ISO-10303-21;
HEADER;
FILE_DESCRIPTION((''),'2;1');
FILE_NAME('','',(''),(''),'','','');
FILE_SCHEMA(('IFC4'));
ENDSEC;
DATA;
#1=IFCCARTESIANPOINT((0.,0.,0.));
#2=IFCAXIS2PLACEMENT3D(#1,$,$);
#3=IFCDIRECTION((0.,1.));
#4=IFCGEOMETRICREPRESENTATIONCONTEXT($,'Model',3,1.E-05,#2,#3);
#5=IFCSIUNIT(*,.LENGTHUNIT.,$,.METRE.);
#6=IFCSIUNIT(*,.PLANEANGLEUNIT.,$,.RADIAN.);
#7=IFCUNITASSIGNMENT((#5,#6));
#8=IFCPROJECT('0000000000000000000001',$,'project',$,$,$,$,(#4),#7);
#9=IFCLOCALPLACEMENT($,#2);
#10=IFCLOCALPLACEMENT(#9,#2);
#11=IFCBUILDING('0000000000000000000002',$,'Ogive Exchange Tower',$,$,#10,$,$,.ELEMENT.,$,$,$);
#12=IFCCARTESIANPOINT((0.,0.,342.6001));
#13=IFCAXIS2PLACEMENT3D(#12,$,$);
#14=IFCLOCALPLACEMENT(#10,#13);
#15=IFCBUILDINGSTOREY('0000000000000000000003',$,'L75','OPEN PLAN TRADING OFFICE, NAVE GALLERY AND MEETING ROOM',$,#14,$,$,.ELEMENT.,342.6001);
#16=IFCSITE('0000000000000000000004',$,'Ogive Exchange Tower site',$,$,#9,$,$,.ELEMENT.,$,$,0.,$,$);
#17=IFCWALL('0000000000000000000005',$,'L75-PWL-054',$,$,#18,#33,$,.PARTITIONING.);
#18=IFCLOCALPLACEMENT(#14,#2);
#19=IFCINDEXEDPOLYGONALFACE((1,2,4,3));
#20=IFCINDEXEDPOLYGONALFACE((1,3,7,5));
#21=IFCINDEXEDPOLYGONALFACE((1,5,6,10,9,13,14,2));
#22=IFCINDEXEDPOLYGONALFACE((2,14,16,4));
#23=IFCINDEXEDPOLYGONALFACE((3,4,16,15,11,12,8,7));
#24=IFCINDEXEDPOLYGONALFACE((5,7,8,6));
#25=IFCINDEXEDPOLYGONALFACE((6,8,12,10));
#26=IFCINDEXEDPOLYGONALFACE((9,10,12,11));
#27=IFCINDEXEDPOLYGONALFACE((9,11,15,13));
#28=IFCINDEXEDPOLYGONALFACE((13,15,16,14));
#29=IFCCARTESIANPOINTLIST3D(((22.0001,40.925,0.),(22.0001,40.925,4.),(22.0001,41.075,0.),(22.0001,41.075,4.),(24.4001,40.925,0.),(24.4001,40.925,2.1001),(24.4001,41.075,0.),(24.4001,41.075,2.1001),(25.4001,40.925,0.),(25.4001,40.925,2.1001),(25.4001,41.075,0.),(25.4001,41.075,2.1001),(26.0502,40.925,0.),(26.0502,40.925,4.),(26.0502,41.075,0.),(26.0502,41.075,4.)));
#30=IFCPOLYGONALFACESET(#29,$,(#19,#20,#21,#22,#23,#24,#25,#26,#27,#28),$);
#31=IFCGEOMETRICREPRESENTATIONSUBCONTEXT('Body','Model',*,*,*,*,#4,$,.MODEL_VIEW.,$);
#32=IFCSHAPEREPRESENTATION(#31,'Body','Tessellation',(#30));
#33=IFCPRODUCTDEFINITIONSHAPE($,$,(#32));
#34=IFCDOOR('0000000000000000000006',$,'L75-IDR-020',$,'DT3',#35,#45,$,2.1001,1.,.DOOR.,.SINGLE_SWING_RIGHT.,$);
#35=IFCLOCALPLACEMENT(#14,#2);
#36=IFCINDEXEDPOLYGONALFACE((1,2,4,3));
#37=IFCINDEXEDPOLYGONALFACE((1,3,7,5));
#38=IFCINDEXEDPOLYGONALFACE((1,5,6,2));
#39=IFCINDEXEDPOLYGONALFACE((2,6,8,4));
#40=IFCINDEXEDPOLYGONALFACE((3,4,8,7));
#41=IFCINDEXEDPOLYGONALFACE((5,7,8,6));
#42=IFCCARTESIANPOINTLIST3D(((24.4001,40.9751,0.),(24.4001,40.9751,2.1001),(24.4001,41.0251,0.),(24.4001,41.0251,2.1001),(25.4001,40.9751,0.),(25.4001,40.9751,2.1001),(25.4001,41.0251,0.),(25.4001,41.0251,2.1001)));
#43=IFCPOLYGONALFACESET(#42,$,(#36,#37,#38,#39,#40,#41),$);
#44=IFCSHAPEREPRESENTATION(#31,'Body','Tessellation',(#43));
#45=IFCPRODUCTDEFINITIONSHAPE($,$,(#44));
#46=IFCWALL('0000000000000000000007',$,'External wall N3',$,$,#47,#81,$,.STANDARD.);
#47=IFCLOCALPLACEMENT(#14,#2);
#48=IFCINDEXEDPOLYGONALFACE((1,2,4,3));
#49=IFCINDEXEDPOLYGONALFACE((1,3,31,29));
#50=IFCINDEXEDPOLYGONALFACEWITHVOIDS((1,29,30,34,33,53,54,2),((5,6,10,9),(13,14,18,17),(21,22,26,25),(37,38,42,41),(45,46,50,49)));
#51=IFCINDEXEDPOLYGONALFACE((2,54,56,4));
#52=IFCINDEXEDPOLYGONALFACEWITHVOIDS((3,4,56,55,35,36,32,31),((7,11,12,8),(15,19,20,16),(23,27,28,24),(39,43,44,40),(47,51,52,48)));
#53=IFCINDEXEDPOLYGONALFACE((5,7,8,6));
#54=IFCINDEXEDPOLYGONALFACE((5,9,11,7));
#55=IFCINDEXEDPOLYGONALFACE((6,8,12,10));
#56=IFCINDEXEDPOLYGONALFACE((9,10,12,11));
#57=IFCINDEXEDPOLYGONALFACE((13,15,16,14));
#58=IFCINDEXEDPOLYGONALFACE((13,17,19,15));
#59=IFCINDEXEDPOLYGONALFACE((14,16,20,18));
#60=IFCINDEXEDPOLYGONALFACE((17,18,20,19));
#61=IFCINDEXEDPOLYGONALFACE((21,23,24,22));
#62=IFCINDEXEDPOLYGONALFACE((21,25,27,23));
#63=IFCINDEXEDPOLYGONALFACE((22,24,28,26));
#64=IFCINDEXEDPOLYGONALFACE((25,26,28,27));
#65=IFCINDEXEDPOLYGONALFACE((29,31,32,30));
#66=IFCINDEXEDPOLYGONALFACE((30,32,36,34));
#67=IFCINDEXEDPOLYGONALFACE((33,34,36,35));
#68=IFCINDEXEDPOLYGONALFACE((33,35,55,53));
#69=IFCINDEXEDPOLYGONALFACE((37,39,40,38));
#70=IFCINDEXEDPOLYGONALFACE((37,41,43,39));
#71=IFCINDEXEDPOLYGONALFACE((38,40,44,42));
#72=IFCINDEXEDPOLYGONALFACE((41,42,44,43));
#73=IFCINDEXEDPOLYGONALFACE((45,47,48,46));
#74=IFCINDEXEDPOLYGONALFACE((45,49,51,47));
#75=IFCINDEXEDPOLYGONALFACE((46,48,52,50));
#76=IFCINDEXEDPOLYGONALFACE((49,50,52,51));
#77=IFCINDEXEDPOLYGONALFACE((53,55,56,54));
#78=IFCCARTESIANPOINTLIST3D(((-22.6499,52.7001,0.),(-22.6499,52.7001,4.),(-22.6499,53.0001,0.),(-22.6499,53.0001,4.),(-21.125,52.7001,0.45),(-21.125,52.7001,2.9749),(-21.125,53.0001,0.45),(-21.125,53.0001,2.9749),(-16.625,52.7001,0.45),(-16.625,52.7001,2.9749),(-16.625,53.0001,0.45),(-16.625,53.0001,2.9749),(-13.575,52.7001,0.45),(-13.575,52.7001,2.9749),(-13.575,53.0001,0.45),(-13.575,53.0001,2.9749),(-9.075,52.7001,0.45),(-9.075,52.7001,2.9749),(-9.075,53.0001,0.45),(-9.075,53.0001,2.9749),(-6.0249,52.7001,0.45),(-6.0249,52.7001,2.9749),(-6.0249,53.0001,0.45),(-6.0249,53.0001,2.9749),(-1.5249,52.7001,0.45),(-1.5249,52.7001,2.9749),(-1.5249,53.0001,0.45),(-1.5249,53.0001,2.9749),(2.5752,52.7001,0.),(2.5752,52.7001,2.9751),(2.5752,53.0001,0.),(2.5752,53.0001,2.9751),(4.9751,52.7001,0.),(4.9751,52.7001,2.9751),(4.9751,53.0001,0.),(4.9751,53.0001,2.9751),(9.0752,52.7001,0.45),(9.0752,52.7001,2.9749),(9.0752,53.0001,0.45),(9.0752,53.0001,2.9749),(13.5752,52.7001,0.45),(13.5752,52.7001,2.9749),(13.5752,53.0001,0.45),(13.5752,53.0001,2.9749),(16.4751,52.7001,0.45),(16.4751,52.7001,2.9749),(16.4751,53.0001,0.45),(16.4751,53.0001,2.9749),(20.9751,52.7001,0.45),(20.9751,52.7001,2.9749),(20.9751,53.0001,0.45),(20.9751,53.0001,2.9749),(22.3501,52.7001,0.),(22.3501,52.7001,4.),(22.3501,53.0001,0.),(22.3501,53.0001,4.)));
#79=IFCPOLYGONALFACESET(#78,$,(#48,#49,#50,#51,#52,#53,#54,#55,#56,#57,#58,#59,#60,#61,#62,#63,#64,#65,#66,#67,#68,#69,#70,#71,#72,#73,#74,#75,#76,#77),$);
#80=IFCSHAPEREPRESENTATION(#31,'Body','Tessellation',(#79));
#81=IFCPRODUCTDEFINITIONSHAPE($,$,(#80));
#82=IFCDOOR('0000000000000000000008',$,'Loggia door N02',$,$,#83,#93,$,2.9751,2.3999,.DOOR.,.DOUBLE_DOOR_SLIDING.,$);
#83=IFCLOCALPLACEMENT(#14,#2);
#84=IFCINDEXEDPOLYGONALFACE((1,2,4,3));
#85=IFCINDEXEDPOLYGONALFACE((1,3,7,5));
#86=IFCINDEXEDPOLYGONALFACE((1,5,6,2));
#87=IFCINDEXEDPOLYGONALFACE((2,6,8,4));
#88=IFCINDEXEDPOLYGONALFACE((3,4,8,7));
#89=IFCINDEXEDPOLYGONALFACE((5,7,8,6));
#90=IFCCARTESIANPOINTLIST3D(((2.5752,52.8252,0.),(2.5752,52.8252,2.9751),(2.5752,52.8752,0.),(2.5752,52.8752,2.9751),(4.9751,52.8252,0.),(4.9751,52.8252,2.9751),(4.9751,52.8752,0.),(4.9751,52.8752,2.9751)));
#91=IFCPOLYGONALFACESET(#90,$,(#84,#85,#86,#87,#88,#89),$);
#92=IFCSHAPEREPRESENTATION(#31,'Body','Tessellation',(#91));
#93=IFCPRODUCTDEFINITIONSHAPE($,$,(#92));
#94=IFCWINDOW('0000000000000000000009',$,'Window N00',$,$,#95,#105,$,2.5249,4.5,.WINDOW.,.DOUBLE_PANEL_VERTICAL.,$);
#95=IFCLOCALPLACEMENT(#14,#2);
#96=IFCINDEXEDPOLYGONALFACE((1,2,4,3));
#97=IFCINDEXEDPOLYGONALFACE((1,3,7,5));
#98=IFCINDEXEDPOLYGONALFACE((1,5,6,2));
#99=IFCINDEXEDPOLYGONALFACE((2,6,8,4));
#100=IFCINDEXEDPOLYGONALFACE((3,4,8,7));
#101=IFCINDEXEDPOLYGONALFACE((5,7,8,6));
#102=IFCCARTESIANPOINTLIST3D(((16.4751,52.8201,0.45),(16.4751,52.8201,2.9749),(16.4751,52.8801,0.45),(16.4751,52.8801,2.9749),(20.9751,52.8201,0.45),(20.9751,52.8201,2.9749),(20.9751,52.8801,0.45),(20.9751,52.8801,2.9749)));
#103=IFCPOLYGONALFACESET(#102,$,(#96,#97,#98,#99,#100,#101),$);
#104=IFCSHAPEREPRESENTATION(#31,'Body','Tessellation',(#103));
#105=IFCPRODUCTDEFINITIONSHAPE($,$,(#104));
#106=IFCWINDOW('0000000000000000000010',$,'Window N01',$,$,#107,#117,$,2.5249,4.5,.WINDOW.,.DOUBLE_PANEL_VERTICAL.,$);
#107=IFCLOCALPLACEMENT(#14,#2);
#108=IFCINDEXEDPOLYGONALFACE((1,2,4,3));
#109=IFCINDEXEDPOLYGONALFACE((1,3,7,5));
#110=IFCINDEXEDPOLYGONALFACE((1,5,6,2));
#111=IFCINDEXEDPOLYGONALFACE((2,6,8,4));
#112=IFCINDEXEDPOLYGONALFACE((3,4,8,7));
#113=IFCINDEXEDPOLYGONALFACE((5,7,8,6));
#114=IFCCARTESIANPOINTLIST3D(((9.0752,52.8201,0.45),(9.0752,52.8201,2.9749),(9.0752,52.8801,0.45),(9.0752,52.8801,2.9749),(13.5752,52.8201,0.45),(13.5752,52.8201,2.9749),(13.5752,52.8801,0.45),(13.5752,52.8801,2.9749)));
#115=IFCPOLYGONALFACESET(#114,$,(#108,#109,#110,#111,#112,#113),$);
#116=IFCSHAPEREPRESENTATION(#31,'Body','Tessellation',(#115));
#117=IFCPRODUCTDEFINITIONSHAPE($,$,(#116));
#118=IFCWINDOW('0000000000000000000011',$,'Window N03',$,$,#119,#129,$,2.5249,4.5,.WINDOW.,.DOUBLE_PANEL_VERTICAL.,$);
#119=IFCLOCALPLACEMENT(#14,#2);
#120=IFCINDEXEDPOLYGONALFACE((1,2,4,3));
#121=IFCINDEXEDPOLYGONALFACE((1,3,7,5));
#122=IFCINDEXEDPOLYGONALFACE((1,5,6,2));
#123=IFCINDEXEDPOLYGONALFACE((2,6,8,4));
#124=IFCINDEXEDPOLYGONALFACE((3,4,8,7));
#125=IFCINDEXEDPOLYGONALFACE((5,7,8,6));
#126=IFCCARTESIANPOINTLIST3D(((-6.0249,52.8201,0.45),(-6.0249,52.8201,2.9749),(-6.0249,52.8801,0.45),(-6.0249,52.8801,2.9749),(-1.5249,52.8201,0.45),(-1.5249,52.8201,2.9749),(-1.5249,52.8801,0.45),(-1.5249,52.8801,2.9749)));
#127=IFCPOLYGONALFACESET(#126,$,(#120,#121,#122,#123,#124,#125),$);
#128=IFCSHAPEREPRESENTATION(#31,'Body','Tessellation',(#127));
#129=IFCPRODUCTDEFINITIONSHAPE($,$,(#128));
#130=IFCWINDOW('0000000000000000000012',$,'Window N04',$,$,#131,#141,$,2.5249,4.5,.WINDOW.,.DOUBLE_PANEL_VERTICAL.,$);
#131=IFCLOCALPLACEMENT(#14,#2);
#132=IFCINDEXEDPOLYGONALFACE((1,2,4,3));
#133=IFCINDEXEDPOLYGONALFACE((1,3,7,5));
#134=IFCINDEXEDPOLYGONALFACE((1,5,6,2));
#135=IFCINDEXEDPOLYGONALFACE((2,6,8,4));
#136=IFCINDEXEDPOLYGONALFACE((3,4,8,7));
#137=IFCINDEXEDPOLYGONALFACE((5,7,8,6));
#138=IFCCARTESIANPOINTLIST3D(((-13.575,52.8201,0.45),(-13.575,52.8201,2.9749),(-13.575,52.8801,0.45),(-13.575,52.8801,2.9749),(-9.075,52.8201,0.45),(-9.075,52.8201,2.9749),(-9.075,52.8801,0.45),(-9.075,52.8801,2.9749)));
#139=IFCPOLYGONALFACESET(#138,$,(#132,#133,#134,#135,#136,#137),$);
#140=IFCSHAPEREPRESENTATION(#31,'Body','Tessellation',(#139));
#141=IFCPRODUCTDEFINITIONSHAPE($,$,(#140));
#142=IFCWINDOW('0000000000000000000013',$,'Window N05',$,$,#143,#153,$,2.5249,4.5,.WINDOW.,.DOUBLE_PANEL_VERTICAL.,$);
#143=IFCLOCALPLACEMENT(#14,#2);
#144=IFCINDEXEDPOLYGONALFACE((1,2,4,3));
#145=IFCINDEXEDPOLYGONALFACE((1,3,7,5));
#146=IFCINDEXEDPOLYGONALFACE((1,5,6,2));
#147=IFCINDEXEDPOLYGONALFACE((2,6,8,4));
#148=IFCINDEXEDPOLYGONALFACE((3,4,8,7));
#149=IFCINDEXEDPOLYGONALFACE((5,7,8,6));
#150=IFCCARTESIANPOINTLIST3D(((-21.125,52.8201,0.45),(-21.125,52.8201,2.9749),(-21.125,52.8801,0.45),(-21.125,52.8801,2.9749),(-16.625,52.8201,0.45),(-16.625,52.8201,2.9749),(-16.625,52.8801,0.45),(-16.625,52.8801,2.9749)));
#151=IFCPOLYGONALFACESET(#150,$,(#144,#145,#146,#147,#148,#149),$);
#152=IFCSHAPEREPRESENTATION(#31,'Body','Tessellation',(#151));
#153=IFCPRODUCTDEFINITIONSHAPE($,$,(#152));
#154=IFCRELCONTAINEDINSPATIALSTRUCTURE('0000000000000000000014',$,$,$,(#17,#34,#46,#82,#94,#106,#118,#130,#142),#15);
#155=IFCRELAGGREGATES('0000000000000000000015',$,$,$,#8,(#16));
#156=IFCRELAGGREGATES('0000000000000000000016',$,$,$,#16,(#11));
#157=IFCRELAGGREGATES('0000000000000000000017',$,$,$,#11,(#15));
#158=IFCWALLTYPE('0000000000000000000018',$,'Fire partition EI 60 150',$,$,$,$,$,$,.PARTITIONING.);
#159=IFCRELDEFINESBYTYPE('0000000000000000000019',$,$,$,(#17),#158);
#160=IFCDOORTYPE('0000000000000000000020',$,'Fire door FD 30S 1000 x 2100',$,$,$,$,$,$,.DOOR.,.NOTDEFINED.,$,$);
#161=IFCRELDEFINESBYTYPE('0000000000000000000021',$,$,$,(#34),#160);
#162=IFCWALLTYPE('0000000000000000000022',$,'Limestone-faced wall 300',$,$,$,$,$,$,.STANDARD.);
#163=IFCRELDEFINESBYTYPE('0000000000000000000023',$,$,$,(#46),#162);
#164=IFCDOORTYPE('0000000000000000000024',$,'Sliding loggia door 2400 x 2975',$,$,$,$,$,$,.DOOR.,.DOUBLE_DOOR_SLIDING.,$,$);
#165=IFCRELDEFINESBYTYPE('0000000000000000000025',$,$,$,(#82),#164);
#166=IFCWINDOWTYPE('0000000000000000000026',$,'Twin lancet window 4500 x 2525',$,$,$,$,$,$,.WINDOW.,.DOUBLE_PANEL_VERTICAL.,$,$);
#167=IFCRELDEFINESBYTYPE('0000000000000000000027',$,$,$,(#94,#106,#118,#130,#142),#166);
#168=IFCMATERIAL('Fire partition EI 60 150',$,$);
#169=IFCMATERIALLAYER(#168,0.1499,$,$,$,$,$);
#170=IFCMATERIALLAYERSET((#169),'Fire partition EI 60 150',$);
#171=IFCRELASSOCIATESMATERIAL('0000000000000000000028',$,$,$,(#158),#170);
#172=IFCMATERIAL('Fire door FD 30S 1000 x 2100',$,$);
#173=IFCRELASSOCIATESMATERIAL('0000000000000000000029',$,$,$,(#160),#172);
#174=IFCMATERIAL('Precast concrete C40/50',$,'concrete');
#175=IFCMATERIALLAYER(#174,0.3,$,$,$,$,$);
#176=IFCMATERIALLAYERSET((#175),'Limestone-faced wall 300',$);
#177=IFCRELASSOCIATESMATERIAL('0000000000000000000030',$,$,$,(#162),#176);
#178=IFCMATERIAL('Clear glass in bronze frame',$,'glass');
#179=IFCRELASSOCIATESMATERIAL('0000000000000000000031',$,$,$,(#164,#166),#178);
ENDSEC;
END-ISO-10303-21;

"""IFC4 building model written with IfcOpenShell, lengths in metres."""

from ifc_helpers import new_model, si_unit, direction, frame, frame_2d, origin, place, context, subcontext, project, spatial, rectangle, extrude, material, layer, layer_set, type_object, element, fill, save


model = new_model("IFC4")

# Units and contexts
model_context = context("Model", 3, precision=1e-05, world=origin(), true_north=direction((0.0, 1.0)))
body_context = subcontext(model_context, "Body", "Model", "MODEL_VIEW")
ifc_project = project(units=[si_unit("LENGTHUNIT", "METRE"), si_unit("PLANEANGLEUNIT", "RADIAN")], contexts=[model_context])

# Site, building, storey
site_placement = place(None, origin())
site = spatial("IfcSite", under=ifc_project, at=site_placement, Name="Ogive Exchange Tower site", CompositionType="ELEMENT", RefElevation=0.0)
building_placement = place(site_placement, origin())
building = spatial("IfcBuilding", under=site, at=building_placement, Name="Ogive Exchange Tower", CompositionType="ELEMENT")
storey_placement = place(building_placement, frame((0.0, 0.0, 342.6001)))
storey = spatial("IfcBuildingStorey", under=building, at=storey_placement, Name="L75", Description="OPEN PLAN TRADING OFFICE, NAVE GALLERY AND MEETING ROOM", CompositionType="ELEMENT", Elevation=342.6001)

# Wall, opening, door
ifc_material_1 = material(Name="Fire partition EI 60 150")
ifc_layer_1 = layer(ifc_material_1, 0.1499)
ifc_layer_set_1 = layer_set([ifc_layer_1], Name="Fire partition EI 60 150")
wall_type_1 = type_object("IfcWallType", Name="Fire partition EI 60 150", PredefinedType="PARTITIONING", material=ifc_layer_set_1)
ifc_material_2 = material(Name="Fire door FD 30S 1000 x 2100")
door_type_1 = type_object("IfcDoorType", Name="Fire door FD 30S 1000 x 2100", OperationType="NOTDEFINED", PredefinedType="DOOR", material=ifc_material_2)
wall_1_placement = place(storey_placement, frame((26.05, 41.0, 0.0), z_axis=(0.0, 0.0, 1.0), x_axis=(-1.0, 0.0, 0.0)))
wall_1 = element("IfcWall", 1, at=wall_1_placement, inside=storey, type_object=wall_type_1, Name="L75-PWL-054", PredefinedType="PARTITIONING", context=body_context, shape_type="SweptSolid", body=[
    extrude(rectangle(XDim=4.05, YDim=0.1499, at=frame_2d((2.0249, 0.0))), origin(), (0.0, 0.0, 1.0), 4.0),
])
opening_1_placement = place(wall_1_placement, frame((0.6499, 0.0, 0.0)))
opening_1 = element("IfcOpeningElement", 2, at=opening_1_placement, cuts=wall_1, PredefinedType="OPENING", context=body_context, shape_type="SweptSolid", body=[
    extrude(rectangle(XDim=1.0, YDim=2.1001, at=frame_2d((0.5, 1.05))), frame((0.0, 0.085, 0.0), z_axis=(0.0, -1.0, 0.0), x_axis=(1.0, 0.0, 0.0)), (0.0, 0.0, 1.0), 0.1699),
])
door_1_placement = place(opening_1_placement, origin())
door_1 = element("IfcDoor", 3, at=door_1_placement, inside=storey, type_object=door_type_1, Name="L75-IDR-020", ObjectType="DT3", OperationType="SINGLE_SWING_RIGHT", OverallHeight=2.1001, OverallWidth=1.0, PredefinedType="DOOR", context=body_context, shape_type="SweptSolid", body=[
    extrude(rectangle(XDim=1.0, YDim=2.1001, at=frame_2d((0.5, 1.05))), frame((0.0, 0.0249, 0.0), z_axis=(0.0, -1.0, 0.0), x_axis=(1.0, 0.0, 0.0)), (0.0, 0.0, 1.0), 0.05),
])
fill(opening_1, door_1)

# Wall, openings, door, windows
ifc_material_3 = material(Name="Precast concrete C40/50", Category="concrete")
ifc_layer_2 = layer(ifc_material_3, 0.3)
ifc_layer_set_2 = layer_set([ifc_layer_2], Name="Limestone-faced wall 300")
wall_type_2 = type_object("IfcWallType", Name="Limestone-faced wall 300", PredefinedType="STANDARD", material=ifc_layer_set_2)
wall_2_placement = place(storey_placement, frame((22.3501, 52.8501, 0.0), z_axis=(0.0, 0.0, 1.0), x_axis=(-1.0, 0.0, 0.0)))
wall_2 = element("IfcWall", 4, at=wall_2_placement, inside=storey, type_object=wall_type_2, Name="External wall N3", PredefinedType="STANDARD", context=body_context, shape_type="SweptSolid", body=[
    extrude(rectangle(XDim=45.0, YDim=0.3, at=frame_2d((22.5, 0.0))), origin(), (0.0, 0.0, 1.0), 4.0),
])
opening_2_placement = place(wall_2_placement, frame((1.375, 0.0, 0.45)))
opening_2 = element("IfcOpeningElement", 5, at=opening_2_placement, cuts=wall_2, PredefinedType="OPENING", context=body_context, shape_type="SweptSolid", body=[
    extrude(rectangle(XDim=4.5, YDim=2.5249, at=frame_2d((2.25, 1.2625))), frame((0.0, 0.1599, 0.0), z_axis=(0.0, -1.0, 0.0), x_axis=(1.0, 0.0, 0.0)), (0.0, 0.0, 1.0), 0.3201),
])
opening_3_placement = place(wall_2_placement, frame((8.7749, 0.0, 0.45)))
opening_3 = element("IfcOpeningElement", 6, at=opening_3_placement, cuts=wall_2, PredefinedType="OPENING", context=body_context, shape_type="SweptSolid", body=[
    extrude(rectangle(XDim=4.5, YDim=2.5249, at=frame_2d((2.25, 1.2625))), frame((0.0, 0.1599, 0.0), z_axis=(0.0, -1.0, 0.0), x_axis=(1.0, 0.0, 0.0)), (0.0, 0.0, 1.0), 0.3201),
])
opening_4_placement = place(wall_2_placement, frame((17.375, 0.0, 0.0)))
opening_4 = element("IfcOpeningElement", 7, at=opening_4_placement, cuts=wall_2, PredefinedType="OPENING", context=body_context, shape_type="SweptSolid", body=[
    extrude(rectangle(XDim=2.3999, YDim=2.9751, at=frame_2d((1.2, 1.4875))), frame((0.0, 0.1599, 0.0), z_axis=(0.0, -1.0, 0.0), x_axis=(1.0, 0.0, 0.0)), (0.0, 0.0, 1.0), 0.3201),
])
opening_5_placement = place(wall_2_placement, frame((23.875, 0.0, 0.45)))
opening_5 = element("IfcOpeningElement", 8, at=opening_5_placement, cuts=wall_2, PredefinedType="OPENING", context=body_context, shape_type="SweptSolid", body=[
    extrude(rectangle(XDim=4.5, YDim=2.5249, at=frame_2d((2.25, 1.2625))), frame((0.0, 0.1599, 0.0), z_axis=(0.0, -1.0, 0.0), x_axis=(1.0, 0.0, 0.0)), (0.0, 0.0, 1.0), 0.3201),
])
opening_6_placement = place(wall_2_placement, frame((31.425, 0.0, 0.45)))
opening_6 = element("IfcOpeningElement", 9, at=opening_6_placement, cuts=wall_2, PredefinedType="OPENING", context=body_context, shape_type="SweptSolid", body=[
    extrude(rectangle(XDim=4.5, YDim=2.5249, at=frame_2d((2.25, 1.2625))), frame((0.0, 0.1599, 0.0), z_axis=(0.0, -1.0, 0.0), x_axis=(1.0, 0.0, 0.0)), (0.0, 0.0, 1.0), 0.3201),
])
opening_7_placement = place(wall_2_placement, frame((38.9751, 0.0, 0.45)))
opening_7 = element("IfcOpeningElement", 10, at=opening_7_placement, cuts=wall_2, PredefinedType="OPENING", context=body_context, shape_type="SweptSolid", body=[
    extrude(rectangle(XDim=4.5, YDim=2.5249, at=frame_2d((2.25, 1.2625))), frame((0.0, 0.1599, 0.0), z_axis=(0.0, -1.0, 0.0), x_axis=(1.0, 0.0, 0.0)), (0.0, 0.0, 1.0), 0.3201),
])
ifc_material_4 = material(Name="Clear glass in bronze frame", Category="glass")
door_type_2 = type_object("IfcDoorType", Name="Sliding loggia door 2400 x 2975", OperationType="DOUBLE_DOOR_SLIDING", PredefinedType="DOOR", material=ifc_material_4)
door_2_placement = place(opening_4_placement, origin())
door_2 = element("IfcDoor", 11, at=door_2_placement, inside=storey, type_object=door_type_2, Name="Loggia door N02", OperationType="DOUBLE_DOOR_SLIDING", OverallHeight=2.9751, OverallWidth=2.3999, PredefinedType="DOOR", context=body_context, shape_type="SweptSolid", body=[
    extrude(rectangle(XDim=2.3999, YDim=2.9751, at=frame_2d((1.2, 1.4875))), frame((0.0, 0.0249, 0.0), z_axis=(0.0, -1.0, 0.0), x_axis=(1.0, 0.0, 0.0)), (0.0, 0.0, 1.0), 0.05),
])
fill(opening_4, door_2)
window_type = type_object("IfcWindowType", Name="Twin lancet window 4500 x 2525", PartitioningType="DOUBLE_PANEL_VERTICAL", PredefinedType="WINDOW", material=ifc_material_4)
window_1_placement = place(opening_2_placement, origin())
window_1 = element("IfcWindow", 12, at=window_1_placement, inside=storey, type_object=window_type, Name="Window N00", OverallHeight=2.5249, OverallWidth=4.5, PartitioningType="DOUBLE_PANEL_VERTICAL", PredefinedType="WINDOW", context=body_context, shape_type="SweptSolid", body=[
    extrude(rectangle(XDim=4.5, YDim=2.5249, at=frame_2d((2.25, 1.2625))), frame((0.0, 0.03, 0.0), z_axis=(0.0, -1.0, 0.0), x_axis=(1.0, 0.0, 0.0)), (0.0, 0.0, 1.0), 0.0601),
])
fill(opening_2, window_1)
window_2_placement = place(opening_3_placement, origin())
window_2 = element("IfcWindow", 13, at=window_2_placement, inside=storey, type_object=window_type, Name="Window N01", OverallHeight=2.5249, OverallWidth=4.5, PartitioningType="DOUBLE_PANEL_VERTICAL", PredefinedType="WINDOW", context=body_context, shape_type="SweptSolid", body=[
    extrude(rectangle(XDim=4.5, YDim=2.5249, at=frame_2d((2.25, 1.2625))), frame((0.0, 0.03, 0.0), z_axis=(0.0, -1.0, 0.0), x_axis=(1.0, 0.0, 0.0)), (0.0, 0.0, 1.0), 0.0601),
])
fill(opening_3, window_2)
window_3_placement = place(opening_5_placement, origin())
window_3 = element("IfcWindow", 14, at=window_3_placement, inside=storey, type_object=window_type, Name="Window N03", OverallHeight=2.5249, OverallWidth=4.5, PartitioningType="DOUBLE_PANEL_VERTICAL", PredefinedType="WINDOW", context=body_context, shape_type="SweptSolid", body=[
    extrude(rectangle(XDim=4.5, YDim=2.5249, at=frame_2d((2.25, 1.2625))), frame((0.0, 0.03, 0.0), z_axis=(0.0, -1.0, 0.0), x_axis=(1.0, 0.0, 0.0)), (0.0, 0.0, 1.0), 0.0601),
])
fill(opening_5, window_3)
window_4_placement = place(opening_6_placement, origin())
window_4 = element("IfcWindow", 15, at=window_4_placement, inside=storey, type_object=window_type, Name="Window N04", OverallHeight=2.5249, OverallWidth=4.5, PartitioningType="DOUBLE_PANEL_VERTICAL", PredefinedType="WINDOW", context=body_context, shape_type="SweptSolid", body=[
    extrude(rectangle(XDim=4.5, YDim=2.5249, at=frame_2d((2.25, 1.2625))), frame((0.0, 0.03, 0.0), z_axis=(0.0, -1.0, 0.0), x_axis=(1.0, 0.0, 0.0)), (0.0, 0.0, 1.0), 0.0601),
])
fill(opening_6, window_4)
window_5_placement = place(opening_7_placement, origin())
window_5 = element("IfcWindow", 16, at=window_5_placement, inside=storey, type_object=window_type, Name="Window N05", OverallHeight=2.5249, OverallWidth=4.5, PartitioningType="DOUBLE_PANEL_VERTICAL", PredefinedType="WINDOW", context=body_context, shape_type="SweptSolid", body=[
    extrude(rectangle(XDim=4.5, YDim=2.5249, at=frame_2d((2.25, 1.2625))), frame((0.0, 0.03, 0.0), z_axis=(0.0, -1.0, 0.0), x_axis=(1.0, 0.0, 0.0)), (0.0, 0.0, 1.0), 0.0601),
])
fill(opening_7, window_5)

save(model, "model.ifc")
